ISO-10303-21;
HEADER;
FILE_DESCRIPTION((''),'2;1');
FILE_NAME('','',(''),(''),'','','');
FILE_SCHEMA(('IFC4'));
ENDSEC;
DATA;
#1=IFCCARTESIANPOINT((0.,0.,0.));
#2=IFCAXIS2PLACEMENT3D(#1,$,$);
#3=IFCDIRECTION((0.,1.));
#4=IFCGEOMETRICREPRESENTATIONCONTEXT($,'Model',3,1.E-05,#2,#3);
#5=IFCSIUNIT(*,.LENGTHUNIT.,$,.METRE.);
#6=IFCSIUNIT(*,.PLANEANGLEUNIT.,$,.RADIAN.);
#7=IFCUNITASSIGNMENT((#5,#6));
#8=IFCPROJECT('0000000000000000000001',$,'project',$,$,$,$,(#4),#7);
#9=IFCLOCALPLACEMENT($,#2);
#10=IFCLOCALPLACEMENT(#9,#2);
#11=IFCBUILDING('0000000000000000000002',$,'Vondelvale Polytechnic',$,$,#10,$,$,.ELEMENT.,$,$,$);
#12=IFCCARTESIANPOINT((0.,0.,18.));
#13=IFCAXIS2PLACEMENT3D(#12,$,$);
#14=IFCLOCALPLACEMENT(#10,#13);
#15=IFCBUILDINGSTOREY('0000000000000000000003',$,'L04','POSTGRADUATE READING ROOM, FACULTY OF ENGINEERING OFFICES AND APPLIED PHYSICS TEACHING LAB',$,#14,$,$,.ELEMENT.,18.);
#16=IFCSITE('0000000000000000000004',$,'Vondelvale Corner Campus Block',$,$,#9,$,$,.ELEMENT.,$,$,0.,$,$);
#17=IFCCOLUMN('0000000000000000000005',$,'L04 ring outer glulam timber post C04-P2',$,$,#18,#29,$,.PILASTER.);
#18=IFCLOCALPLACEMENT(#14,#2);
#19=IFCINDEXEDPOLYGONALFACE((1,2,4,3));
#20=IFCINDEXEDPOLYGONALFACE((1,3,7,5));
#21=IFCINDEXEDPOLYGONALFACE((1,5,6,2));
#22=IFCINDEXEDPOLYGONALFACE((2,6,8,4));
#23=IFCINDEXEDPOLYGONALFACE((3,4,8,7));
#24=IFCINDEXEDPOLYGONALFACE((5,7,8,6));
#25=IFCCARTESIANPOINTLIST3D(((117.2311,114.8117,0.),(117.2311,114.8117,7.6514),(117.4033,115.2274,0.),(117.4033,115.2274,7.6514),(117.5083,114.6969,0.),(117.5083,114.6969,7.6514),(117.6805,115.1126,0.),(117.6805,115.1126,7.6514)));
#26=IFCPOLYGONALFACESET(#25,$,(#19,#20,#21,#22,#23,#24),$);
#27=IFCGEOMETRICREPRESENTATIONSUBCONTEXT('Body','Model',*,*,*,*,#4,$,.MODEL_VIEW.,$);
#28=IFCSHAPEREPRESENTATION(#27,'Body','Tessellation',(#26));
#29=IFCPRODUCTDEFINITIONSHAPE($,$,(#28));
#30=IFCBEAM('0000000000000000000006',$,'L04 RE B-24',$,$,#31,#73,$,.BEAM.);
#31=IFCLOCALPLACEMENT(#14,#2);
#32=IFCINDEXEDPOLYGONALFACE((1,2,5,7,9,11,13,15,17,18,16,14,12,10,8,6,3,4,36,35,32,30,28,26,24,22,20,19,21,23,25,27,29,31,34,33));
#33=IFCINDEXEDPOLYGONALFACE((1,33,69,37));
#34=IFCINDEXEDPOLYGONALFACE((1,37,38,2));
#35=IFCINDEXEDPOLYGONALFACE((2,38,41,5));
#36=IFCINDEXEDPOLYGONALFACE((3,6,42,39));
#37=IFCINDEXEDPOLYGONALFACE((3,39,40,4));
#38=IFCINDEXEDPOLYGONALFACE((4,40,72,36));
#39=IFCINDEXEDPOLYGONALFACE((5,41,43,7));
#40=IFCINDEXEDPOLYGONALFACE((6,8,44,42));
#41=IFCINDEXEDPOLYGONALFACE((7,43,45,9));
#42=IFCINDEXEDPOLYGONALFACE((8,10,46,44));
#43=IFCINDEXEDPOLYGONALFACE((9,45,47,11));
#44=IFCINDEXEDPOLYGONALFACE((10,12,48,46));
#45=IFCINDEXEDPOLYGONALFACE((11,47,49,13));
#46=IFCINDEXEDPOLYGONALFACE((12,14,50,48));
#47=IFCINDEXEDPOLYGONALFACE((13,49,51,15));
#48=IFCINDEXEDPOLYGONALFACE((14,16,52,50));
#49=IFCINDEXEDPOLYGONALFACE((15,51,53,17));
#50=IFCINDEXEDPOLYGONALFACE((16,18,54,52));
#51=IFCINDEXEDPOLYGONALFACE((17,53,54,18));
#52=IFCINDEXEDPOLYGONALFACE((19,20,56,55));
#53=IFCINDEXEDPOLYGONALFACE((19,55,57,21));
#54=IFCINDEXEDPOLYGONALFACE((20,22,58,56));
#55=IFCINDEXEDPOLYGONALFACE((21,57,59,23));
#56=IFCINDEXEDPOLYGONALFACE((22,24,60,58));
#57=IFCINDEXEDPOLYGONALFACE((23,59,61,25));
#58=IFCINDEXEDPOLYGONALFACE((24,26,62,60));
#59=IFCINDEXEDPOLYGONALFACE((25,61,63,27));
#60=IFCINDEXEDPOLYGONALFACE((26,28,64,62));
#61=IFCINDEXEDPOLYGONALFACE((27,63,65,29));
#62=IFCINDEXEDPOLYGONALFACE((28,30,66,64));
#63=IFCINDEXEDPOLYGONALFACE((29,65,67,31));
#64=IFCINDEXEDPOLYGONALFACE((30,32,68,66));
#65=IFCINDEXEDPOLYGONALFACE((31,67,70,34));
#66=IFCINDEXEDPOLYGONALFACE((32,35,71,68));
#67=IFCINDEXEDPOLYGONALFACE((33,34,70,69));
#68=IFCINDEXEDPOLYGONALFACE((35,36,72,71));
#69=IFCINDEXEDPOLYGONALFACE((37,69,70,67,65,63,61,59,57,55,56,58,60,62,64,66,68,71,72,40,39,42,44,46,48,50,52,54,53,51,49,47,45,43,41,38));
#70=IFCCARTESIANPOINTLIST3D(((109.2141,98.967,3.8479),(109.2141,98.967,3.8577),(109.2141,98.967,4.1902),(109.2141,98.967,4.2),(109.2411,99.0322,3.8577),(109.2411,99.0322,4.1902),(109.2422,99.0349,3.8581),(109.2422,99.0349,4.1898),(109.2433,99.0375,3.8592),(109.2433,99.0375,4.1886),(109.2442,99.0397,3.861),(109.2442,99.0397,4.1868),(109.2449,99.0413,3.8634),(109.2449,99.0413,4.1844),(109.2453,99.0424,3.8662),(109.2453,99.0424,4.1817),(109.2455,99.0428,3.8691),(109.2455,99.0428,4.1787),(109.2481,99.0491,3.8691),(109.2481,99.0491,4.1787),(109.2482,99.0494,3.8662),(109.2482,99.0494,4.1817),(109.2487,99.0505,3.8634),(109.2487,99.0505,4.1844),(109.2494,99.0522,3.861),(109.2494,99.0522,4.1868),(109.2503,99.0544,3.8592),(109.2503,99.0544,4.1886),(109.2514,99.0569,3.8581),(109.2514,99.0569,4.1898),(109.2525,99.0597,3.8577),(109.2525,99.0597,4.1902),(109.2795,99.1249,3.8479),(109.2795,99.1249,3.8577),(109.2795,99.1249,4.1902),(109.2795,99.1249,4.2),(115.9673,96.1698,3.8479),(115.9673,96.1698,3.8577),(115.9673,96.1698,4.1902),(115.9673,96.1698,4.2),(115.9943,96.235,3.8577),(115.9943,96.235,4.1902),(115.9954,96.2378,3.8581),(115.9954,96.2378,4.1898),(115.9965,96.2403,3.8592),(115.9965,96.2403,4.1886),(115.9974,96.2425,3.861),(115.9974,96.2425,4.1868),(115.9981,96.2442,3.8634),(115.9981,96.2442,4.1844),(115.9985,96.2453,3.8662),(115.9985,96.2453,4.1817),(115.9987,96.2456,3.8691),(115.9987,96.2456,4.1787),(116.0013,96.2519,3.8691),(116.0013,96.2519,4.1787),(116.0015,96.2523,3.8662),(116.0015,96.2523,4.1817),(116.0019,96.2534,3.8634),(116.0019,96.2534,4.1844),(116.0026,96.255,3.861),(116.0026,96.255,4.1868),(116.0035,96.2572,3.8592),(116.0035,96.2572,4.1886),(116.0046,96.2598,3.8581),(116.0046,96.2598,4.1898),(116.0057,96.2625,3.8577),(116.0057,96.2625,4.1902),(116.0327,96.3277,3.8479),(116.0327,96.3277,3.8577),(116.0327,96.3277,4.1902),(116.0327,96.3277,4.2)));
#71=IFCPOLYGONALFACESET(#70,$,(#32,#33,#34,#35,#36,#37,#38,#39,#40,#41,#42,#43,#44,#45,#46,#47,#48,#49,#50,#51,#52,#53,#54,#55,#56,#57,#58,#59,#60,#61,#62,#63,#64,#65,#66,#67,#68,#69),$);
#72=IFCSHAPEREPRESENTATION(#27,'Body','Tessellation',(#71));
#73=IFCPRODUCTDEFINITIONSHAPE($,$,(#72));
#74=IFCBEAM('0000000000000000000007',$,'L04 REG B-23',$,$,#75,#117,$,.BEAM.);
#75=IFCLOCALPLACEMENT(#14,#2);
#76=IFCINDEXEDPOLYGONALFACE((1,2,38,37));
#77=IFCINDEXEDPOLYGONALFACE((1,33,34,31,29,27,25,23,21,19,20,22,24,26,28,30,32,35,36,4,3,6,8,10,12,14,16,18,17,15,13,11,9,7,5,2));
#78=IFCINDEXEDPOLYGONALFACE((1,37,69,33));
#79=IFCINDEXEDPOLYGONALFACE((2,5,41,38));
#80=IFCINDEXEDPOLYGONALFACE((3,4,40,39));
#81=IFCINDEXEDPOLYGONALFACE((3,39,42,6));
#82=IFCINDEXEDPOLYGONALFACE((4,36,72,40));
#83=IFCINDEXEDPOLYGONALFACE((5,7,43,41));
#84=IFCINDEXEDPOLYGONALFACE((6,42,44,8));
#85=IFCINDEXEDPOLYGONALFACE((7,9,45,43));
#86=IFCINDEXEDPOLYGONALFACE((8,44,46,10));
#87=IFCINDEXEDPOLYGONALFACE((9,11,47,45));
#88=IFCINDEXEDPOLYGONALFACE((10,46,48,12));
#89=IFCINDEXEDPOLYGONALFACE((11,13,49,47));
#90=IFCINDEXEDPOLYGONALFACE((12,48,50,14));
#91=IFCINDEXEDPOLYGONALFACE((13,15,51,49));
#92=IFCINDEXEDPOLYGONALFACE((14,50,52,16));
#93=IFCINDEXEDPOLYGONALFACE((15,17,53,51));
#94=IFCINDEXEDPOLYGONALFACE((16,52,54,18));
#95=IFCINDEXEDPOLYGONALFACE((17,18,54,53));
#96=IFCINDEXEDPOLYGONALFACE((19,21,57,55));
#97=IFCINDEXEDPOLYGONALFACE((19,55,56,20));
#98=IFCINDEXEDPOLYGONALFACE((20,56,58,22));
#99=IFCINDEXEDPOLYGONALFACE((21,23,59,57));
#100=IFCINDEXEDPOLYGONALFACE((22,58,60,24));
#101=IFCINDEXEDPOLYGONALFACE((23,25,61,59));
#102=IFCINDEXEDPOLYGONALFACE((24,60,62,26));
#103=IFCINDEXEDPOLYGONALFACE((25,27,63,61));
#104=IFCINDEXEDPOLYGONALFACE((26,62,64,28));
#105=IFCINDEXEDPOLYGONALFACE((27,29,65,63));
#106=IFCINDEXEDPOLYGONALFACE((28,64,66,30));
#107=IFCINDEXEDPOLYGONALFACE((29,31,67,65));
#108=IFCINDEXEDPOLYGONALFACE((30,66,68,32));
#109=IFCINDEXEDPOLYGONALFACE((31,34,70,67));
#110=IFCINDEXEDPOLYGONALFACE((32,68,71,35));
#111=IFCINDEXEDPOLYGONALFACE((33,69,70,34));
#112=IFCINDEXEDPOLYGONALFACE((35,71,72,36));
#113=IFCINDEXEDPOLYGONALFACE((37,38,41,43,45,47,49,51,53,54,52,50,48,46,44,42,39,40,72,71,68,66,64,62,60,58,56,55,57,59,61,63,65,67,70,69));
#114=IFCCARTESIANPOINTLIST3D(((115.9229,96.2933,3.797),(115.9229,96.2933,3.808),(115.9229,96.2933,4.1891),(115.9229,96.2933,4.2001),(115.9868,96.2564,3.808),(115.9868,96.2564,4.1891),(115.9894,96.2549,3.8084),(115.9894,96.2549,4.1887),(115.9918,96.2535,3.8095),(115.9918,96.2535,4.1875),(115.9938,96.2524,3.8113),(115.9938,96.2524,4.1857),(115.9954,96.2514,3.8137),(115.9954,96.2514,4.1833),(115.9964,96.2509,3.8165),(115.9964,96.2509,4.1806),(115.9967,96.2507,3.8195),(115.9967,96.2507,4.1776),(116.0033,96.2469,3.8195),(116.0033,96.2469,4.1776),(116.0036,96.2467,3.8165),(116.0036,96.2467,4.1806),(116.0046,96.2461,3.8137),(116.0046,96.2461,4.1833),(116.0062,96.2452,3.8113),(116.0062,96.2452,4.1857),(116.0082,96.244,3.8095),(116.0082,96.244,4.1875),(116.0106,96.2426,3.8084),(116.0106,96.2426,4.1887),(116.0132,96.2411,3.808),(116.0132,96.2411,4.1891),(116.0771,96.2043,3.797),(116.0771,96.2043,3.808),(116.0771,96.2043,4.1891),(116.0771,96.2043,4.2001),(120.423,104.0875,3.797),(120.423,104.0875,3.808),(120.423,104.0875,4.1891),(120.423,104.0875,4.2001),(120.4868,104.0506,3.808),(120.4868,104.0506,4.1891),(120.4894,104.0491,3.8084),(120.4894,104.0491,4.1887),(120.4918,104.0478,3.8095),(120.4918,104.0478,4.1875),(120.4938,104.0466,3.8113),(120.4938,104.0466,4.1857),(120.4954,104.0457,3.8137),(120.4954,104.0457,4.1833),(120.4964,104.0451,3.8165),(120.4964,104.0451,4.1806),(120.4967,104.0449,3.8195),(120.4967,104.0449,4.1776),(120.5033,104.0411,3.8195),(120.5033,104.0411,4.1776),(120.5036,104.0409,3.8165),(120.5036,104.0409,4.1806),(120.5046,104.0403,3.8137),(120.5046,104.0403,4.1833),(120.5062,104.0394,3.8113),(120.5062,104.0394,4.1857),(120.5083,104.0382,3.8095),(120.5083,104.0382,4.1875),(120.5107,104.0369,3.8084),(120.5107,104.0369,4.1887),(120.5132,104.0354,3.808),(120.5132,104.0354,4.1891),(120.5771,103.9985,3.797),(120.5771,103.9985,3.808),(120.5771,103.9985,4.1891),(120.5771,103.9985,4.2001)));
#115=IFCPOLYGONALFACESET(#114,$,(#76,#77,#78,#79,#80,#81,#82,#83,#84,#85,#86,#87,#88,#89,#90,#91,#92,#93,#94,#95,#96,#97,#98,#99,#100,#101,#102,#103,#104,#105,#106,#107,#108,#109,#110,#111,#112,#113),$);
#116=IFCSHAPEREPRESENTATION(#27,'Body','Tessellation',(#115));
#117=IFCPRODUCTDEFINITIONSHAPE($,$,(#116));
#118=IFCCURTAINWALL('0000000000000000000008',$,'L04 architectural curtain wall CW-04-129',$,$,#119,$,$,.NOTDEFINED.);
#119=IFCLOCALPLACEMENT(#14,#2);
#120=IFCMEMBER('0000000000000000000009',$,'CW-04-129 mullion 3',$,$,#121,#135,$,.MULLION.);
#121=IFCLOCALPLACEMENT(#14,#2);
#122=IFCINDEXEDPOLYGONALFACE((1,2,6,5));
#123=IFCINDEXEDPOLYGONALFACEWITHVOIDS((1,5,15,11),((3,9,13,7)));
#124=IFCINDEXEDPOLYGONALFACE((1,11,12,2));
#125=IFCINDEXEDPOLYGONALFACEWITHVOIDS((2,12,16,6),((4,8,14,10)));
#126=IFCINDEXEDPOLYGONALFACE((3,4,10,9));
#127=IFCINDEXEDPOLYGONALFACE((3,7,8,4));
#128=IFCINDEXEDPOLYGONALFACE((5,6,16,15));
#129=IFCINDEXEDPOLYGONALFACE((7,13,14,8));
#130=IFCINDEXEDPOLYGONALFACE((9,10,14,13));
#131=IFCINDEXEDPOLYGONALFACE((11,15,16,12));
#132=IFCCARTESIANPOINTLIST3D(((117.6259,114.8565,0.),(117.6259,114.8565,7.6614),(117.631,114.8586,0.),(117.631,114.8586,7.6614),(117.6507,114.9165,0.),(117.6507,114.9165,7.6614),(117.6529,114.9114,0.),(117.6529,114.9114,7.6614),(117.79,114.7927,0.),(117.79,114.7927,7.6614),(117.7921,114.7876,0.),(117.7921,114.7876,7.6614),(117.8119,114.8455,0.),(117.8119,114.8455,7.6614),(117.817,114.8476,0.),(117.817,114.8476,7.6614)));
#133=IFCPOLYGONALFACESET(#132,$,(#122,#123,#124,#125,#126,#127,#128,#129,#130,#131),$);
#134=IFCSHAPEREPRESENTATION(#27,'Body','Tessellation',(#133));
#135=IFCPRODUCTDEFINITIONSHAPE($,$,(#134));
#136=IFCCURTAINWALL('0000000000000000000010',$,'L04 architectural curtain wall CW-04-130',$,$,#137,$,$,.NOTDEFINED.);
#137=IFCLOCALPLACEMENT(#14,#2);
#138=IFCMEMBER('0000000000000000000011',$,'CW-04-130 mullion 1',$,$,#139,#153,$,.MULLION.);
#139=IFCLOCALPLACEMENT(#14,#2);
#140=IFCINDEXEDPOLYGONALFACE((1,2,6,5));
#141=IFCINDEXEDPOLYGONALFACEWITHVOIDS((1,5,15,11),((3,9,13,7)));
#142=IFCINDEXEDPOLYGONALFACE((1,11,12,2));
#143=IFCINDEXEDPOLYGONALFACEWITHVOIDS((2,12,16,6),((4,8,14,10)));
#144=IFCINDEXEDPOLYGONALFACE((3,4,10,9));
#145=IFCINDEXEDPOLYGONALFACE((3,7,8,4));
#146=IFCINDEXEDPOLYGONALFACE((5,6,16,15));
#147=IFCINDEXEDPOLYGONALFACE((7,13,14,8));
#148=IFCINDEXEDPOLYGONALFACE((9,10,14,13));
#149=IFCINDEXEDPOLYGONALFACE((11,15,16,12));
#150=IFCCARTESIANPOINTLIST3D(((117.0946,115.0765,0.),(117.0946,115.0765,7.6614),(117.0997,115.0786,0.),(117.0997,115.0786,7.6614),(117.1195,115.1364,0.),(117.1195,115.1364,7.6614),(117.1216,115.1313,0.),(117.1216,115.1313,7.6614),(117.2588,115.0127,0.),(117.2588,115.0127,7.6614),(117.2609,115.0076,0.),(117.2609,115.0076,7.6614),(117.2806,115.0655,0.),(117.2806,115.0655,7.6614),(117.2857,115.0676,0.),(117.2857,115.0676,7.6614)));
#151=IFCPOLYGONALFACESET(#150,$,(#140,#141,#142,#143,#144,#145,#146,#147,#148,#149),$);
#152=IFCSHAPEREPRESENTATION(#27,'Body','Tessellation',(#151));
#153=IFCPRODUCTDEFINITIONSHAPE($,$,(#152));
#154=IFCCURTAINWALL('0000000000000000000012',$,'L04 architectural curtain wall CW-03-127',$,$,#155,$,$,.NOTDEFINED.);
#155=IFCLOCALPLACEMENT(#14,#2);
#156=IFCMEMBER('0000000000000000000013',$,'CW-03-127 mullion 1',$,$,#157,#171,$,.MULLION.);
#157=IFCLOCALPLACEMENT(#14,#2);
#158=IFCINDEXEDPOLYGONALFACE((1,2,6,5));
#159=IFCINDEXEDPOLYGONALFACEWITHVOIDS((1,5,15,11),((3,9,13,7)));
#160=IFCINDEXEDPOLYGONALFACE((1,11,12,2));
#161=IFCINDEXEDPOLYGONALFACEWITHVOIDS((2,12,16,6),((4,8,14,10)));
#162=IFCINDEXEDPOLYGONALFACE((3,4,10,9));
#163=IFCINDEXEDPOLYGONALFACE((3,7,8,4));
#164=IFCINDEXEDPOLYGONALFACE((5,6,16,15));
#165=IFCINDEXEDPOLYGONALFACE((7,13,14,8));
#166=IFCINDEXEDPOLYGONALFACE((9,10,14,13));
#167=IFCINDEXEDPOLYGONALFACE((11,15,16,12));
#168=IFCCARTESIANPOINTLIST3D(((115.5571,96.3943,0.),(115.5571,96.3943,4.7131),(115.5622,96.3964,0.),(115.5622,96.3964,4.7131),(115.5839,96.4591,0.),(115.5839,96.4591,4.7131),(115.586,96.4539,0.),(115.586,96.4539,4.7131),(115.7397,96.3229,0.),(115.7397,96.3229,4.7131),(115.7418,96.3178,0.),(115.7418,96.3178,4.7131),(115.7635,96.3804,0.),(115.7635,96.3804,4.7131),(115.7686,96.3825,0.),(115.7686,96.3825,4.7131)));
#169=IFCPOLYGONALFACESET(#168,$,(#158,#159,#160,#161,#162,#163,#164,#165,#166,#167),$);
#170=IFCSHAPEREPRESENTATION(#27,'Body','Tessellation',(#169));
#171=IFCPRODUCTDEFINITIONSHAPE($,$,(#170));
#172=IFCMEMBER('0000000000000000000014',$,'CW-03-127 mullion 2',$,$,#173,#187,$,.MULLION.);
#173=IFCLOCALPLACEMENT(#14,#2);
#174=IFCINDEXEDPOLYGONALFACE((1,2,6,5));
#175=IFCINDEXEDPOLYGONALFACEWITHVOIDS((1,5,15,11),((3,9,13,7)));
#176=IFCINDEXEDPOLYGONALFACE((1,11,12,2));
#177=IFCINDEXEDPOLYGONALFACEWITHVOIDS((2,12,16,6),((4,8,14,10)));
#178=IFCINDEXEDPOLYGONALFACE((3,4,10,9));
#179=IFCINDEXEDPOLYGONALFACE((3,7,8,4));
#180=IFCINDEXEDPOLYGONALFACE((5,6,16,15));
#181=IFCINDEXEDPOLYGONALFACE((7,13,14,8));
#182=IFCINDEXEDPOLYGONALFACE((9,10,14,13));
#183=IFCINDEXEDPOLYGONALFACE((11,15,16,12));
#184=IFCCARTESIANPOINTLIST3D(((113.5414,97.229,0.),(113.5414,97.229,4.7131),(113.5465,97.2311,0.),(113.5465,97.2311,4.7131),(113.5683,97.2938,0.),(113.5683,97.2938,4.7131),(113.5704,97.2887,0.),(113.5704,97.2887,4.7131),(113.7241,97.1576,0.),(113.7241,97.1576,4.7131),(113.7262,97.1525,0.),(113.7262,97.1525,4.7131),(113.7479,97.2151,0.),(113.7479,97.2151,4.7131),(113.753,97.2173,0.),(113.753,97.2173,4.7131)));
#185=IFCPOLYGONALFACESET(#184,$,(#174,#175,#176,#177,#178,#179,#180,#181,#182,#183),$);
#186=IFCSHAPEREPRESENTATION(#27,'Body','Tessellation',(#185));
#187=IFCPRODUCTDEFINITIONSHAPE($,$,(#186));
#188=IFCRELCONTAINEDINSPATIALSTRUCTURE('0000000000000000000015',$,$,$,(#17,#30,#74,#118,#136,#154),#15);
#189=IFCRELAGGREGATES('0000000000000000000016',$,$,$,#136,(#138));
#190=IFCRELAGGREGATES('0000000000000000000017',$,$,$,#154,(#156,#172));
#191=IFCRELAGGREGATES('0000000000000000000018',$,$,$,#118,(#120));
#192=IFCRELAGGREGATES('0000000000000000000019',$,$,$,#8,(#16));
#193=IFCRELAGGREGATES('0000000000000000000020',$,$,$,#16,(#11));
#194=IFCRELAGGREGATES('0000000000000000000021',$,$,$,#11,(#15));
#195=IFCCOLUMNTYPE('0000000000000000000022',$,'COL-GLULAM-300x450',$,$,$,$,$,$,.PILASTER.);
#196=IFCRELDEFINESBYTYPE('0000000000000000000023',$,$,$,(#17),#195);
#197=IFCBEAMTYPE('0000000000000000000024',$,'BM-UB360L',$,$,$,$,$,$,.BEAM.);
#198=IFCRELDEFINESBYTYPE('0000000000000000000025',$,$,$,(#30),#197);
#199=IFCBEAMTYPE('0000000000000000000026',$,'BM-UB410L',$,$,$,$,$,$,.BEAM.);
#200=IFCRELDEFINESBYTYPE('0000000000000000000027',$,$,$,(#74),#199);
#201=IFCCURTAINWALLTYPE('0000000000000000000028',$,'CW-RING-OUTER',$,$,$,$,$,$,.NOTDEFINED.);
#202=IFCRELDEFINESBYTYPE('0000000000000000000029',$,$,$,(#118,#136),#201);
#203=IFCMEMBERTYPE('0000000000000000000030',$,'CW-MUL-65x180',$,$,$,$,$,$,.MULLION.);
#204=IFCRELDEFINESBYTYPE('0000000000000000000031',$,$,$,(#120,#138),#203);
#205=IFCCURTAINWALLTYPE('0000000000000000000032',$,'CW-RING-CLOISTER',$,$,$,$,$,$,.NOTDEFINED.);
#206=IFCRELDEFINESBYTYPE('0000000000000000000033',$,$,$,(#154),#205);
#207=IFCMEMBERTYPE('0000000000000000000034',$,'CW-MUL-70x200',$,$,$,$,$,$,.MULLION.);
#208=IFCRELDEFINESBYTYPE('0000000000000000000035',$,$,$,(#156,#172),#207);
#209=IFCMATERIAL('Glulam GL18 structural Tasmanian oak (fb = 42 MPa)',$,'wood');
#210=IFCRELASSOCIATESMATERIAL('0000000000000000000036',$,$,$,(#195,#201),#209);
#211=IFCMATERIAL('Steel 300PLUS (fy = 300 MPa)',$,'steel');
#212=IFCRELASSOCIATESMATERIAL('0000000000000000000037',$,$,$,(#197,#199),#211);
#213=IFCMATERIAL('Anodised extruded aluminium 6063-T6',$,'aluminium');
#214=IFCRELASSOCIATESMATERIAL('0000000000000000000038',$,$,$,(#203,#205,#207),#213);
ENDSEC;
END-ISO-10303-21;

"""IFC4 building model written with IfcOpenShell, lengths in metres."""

from ifc_helpers import new_model, si_unit, direction, frame, origin, origin_2d, place, context, subcontext, project, spatial, rectangle, hollow_rectangle, i_section, extrude, material, material_profile, profile_set, type_object, element, aggregate, save


model = new_model("IFC4")

# Units and contexts
model_context = context("Model", 3, precision=1e-05, world=origin(), true_north=direction((0.0, 1.0)))
body_context = subcontext(model_context, "Body", "Model", "MODEL_VIEW")
ifc_project = project(units=[si_unit("LENGTHUNIT", "METRE"), si_unit("PLANEANGLEUNIT", "RADIAN")], contexts=[model_context])

# Site, building, storey
site_placement = place(None, origin())
site = spatial("IfcSite", under=ifc_project, at=site_placement, Name="Vondelvale Corner Campus Block", CompositionType="ELEMENT", RefElevation=0.0)
building_placement = place(site_placement, origin())
building = spatial("IfcBuilding", under=site, at=building_placement, Name="Vondelvale Polytechnic", CompositionType="ELEMENT")
storey_placement = place(building_placement, frame((0.0, 0.0, 18.0)))
storey = spatial("IfcBuildingStorey", under=building, at=storey_placement, Name="L04", Description="POSTGRADUATE READING ROOM, FACULTY OF ENGINEERING OFFICES AND APPLIED PHYSICS TEACHING LAB", CompositionType="ELEMENT", Elevation=18.0)

# Column
ifc_material_1 = material(Name="Glulam GL18 structural Tasmanian oak (fb = 42 MPa)", Category="wood")
ifc_material_profile_1 = material_profile(ifc_material_1, rectangle(XDim=0.3, YDim=0.45, at=origin_2d()), Name="GL-POST-300x450")
ifc_profile_set_1 = profile_set([ifc_material_profile_1], Name="Glulam GL18 structural Tasmanian oak (fb = 42 MPa)")
column_type = type_object("IfcColumnType", Name="COL-GLULAM-300x450", PredefinedType="PILASTER", material=ifc_profile_set_1)
column_placement = place(storey_placement, frame((117.4558, 114.9622, 0.0), z_axis=(0.0, 0.0, 1.0), x_axis=(-0.92388, 0.382683, 0.0)))
element("IfcColumn", 1, at=column_placement, inside=storey, type_object=column_type, Name="L04 ring outer glulam timber post C04-P2", PredefinedType="PILASTER", context=body_context, shape_type="SweptSolid", body=[
    extrude(rectangle(XDim=0.3, YDim=0.45, at=origin_2d()), origin(), (0.0, 0.0, 1.0), 7.6514),
])

# Beams
ifc_material_2 = material(Name="Steel 300PLUS (fy = 300 MPa)", Category="steel")
ifc_material_profile_2 = material_profile(ifc_material_2, i_section(OverallWidth=0.1709, OverallDepth=0.3521, WebThickness=0.0068, FlangeThickness=0.0098, FilletRadius=0.0115, at=origin_2d()), Name="360UB44.7")
ifc_profile_set_2 = profile_set([ifc_material_profile_2], Name="Steel 300PLUS (fy = 300 MPa)")
beam_type_1 = type_object("IfcBeamType", Name="BM-UB360L", PredefinedType="BEAM", material=ifc_profile_set_2)
beam_1_placement = place(storey_placement, frame((116.0, 96.2488, 4.0239), z_axis=(-0.923886, 0.382667, 0.0), x_axis=(-0.382667, -0.923886, 0.0)))
element("IfcBeam", 2, at=beam_1_placement, inside=storey, type_object=beam_type_1, Name="L04 RE B-24", PredefinedType="BEAM", context=body_context, shape_type="SweptSolid", body=[
    extrude(i_section(OverallWidth=0.1709, OverallDepth=0.3521, WebThickness=0.0068, FlangeThickness=0.0098, FilletRadius=0.0115, at=origin_2d()), origin(), (0.0, 0.0, 1.0), 7.3096),
])
ifc_material_profile_3 = material_profile(ifc_material_2, i_section(OverallWidth=0.178, OverallDepth=0.4031, WebThickness=0.0076, FlangeThickness=0.011, FilletRadius=0.0115, at=origin_2d()), Name="410UB53.7")
ifc_profile_set_3 = profile_set([ifc_material_profile_3], Name="Steel 300PLUS (fy = 300 MPa)")
beam_type_2 = type_object("IfcBeamType", Name="BM-UB410L", PredefinedType="BEAM", material=ifc_profile_set_3)
beam_2_placement = place(storey_placement, frame((116.0, 96.2488, 3.9985), z_axis=(0.500002, 0.866024, 0.0), x_axis=(-0.866024, 0.500002, 0.0)))
element("IfcBeam", 3, at=beam_2_placement, inside=storey, type_object=beam_type_2, Name="L04 REG B-23", PredefinedType="BEAM", context=body_context, shape_type="SweptSolid", body=[
    extrude(i_section(OverallWidth=0.178, OverallDepth=0.4031, WebThickness=0.0076, FlangeThickness=0.011, FilletRadius=0.0115, at=origin_2d()), origin(), (0.0, 0.0, 1.0), 9.0),
])

# Curtain walls, members
curtain_wall_type_1 = type_object("IfcCurtainWallType", Name="CW-RING-OUTER", PredefinedType="NOTDEFINED", material=ifc_material_1)
curtain_wall_1_placement = place(storey_placement, origin())
curtain_wall_1 = element("IfcCurtainWall", 4, at=curtain_wall_1_placement, inside=storey, type_object=curtain_wall_type_1, Name="L04 architectural curtain wall CW-04-129", PredefinedType="NOTDEFINED")
ifc_material_3 = material(Name="Anodised extruded aluminium 6063-T6", Category="aluminium")
ifc_material_profile_4 = material_profile(ifc_material_3, hollow_rectangle(XDim=0.0649, YDim=0.1799, WallThickness=0.0039, at=origin_2d()), Name="CW-MUL-180x65")
ifc_profile_set_4 = profile_set([ifc_material_profile_4], Name="Anodised extruded aluminium 6063-T6")
member_type_1 = type_object("IfcMemberType", Name="CW-MUL-65x180", PredefinedType="MULLION", material=ifc_profile_set_4)
member_1_placement = place(storey_placement, frame((117.7214, 114.8521, 0.0), z_axis=(0.0, 0.0, 1.0), x_axis=(-0.382695, -0.923875, 0.0)))
member_1 = element("IfcMember", 5, at=member_1_placement, type_object=member_type_1, Name="CW-04-129 mullion 3", PredefinedType="MULLION", context=body_context, shape_type="SweptSolid", body=[
    extrude(hollow_rectangle(XDim=0.0649, YDim=0.1799, WallThickness=0.0039, at=origin_2d()), origin(), (0.0, 0.0, 1.0), 7.6614),
])
curtain_wall_2_placement = place(storey_placement, origin())
curtain_wall_2 = element("IfcCurtainWall", 6, at=curtain_wall_2_placement, inside=storey, type_object=curtain_wall_type_1, Name="L04 architectural curtain wall CW-04-130", PredefinedType="NOTDEFINED")
member_2_placement = place(storey_placement, frame((117.1902, 115.072, 0.0), z_axis=(0.0, 0.0, 1.0), x_axis=(-0.382677, -0.923882, 0.0)))
member_2 = element("IfcMember", 7, at=member_2_placement, type_object=member_type_1, Name="CW-04-130 mullion 1", PredefinedType="MULLION", context=body_context, shape_type="SweptSolid", body=[
    extrude(hollow_rectangle(XDim=0.0649, YDim=0.1799, WallThickness=0.0039, at=origin_2d()), origin(), (0.0, 0.0, 1.0), 7.6614),
])

# Curtain wall, members
curtain_wall_type_2 = type_object("IfcCurtainWallType", Name="CW-RING-CLOISTER", PredefinedType="NOTDEFINED", material=ifc_material_3)
curtain_wall_3_placement = place(storey_placement, origin())
curtain_wall_3 = element("IfcCurtainWall", 8, at=curtain_wall_3_placement, inside=storey, type_object=curtain_wall_type_2, Name="L04 architectural curtain wall CW-03-127", PredefinedType="NOTDEFINED")
ifc_material_profile_5 = material_profile(ifc_material_3, hollow_rectangle(XDim=0.0701, YDim=0.2, WallThickness=0.0039, at=origin_2d()), Name="CW-MUL-200x70")
ifc_profile_set_5 = profile_set([ifc_material_profile_5], Name="Anodised extruded aluminium 6063-T6")
member_type_2 = type_object("IfcMemberType", Name="CW-MUL-70x200", PredefinedType="MULLION", material=ifc_profile_set_5)
member_3_placement = place(storey_placement, frame((115.6628, 96.3884, 0.0), z_axis=(0.0, 0.0, 1.0), x_axis=(-0.382679, -0.923882, 0.0)))
member_3 = element("IfcMember", 9, at=member_3_placement, type_object=member_type_2, Name="CW-03-127 mullion 1", PredefinedType="MULLION", context=body_context, shape_type="SweptSolid", body=[
    extrude(hollow_rectangle(XDim=0.0701, YDim=0.2, WallThickness=0.0039, at=origin_2d()), origin(), (0.0, 0.0, 1.0), 4.7131),
])
member_4_placement = place(storey_placement, frame((113.6472, 97.2231, 0.0), z_axis=(0.0, 0.0, 1.0), x_axis=(-0.382679, -0.923882, 0.0)))
member_4 = element("IfcMember", 10, at=member_4_placement, type_object=member_type_2, Name="CW-03-127 mullion 2", PredefinedType="MULLION", context=body_context, shape_type="SweptSolid", body=[
    extrude(hollow_rectangle(XDim=0.0701, YDim=0.2, WallThickness=0.0039, at=origin_2d()), origin(), (0.0, 0.0, 1.0), 4.7131),
])

aggregate(curtain_wall_2, [member_2])

aggregate(curtain_wall_3, [member_3, member_4])
aggregate(curtain_wall_1, [member_1])

save(model, "model.ifc")
